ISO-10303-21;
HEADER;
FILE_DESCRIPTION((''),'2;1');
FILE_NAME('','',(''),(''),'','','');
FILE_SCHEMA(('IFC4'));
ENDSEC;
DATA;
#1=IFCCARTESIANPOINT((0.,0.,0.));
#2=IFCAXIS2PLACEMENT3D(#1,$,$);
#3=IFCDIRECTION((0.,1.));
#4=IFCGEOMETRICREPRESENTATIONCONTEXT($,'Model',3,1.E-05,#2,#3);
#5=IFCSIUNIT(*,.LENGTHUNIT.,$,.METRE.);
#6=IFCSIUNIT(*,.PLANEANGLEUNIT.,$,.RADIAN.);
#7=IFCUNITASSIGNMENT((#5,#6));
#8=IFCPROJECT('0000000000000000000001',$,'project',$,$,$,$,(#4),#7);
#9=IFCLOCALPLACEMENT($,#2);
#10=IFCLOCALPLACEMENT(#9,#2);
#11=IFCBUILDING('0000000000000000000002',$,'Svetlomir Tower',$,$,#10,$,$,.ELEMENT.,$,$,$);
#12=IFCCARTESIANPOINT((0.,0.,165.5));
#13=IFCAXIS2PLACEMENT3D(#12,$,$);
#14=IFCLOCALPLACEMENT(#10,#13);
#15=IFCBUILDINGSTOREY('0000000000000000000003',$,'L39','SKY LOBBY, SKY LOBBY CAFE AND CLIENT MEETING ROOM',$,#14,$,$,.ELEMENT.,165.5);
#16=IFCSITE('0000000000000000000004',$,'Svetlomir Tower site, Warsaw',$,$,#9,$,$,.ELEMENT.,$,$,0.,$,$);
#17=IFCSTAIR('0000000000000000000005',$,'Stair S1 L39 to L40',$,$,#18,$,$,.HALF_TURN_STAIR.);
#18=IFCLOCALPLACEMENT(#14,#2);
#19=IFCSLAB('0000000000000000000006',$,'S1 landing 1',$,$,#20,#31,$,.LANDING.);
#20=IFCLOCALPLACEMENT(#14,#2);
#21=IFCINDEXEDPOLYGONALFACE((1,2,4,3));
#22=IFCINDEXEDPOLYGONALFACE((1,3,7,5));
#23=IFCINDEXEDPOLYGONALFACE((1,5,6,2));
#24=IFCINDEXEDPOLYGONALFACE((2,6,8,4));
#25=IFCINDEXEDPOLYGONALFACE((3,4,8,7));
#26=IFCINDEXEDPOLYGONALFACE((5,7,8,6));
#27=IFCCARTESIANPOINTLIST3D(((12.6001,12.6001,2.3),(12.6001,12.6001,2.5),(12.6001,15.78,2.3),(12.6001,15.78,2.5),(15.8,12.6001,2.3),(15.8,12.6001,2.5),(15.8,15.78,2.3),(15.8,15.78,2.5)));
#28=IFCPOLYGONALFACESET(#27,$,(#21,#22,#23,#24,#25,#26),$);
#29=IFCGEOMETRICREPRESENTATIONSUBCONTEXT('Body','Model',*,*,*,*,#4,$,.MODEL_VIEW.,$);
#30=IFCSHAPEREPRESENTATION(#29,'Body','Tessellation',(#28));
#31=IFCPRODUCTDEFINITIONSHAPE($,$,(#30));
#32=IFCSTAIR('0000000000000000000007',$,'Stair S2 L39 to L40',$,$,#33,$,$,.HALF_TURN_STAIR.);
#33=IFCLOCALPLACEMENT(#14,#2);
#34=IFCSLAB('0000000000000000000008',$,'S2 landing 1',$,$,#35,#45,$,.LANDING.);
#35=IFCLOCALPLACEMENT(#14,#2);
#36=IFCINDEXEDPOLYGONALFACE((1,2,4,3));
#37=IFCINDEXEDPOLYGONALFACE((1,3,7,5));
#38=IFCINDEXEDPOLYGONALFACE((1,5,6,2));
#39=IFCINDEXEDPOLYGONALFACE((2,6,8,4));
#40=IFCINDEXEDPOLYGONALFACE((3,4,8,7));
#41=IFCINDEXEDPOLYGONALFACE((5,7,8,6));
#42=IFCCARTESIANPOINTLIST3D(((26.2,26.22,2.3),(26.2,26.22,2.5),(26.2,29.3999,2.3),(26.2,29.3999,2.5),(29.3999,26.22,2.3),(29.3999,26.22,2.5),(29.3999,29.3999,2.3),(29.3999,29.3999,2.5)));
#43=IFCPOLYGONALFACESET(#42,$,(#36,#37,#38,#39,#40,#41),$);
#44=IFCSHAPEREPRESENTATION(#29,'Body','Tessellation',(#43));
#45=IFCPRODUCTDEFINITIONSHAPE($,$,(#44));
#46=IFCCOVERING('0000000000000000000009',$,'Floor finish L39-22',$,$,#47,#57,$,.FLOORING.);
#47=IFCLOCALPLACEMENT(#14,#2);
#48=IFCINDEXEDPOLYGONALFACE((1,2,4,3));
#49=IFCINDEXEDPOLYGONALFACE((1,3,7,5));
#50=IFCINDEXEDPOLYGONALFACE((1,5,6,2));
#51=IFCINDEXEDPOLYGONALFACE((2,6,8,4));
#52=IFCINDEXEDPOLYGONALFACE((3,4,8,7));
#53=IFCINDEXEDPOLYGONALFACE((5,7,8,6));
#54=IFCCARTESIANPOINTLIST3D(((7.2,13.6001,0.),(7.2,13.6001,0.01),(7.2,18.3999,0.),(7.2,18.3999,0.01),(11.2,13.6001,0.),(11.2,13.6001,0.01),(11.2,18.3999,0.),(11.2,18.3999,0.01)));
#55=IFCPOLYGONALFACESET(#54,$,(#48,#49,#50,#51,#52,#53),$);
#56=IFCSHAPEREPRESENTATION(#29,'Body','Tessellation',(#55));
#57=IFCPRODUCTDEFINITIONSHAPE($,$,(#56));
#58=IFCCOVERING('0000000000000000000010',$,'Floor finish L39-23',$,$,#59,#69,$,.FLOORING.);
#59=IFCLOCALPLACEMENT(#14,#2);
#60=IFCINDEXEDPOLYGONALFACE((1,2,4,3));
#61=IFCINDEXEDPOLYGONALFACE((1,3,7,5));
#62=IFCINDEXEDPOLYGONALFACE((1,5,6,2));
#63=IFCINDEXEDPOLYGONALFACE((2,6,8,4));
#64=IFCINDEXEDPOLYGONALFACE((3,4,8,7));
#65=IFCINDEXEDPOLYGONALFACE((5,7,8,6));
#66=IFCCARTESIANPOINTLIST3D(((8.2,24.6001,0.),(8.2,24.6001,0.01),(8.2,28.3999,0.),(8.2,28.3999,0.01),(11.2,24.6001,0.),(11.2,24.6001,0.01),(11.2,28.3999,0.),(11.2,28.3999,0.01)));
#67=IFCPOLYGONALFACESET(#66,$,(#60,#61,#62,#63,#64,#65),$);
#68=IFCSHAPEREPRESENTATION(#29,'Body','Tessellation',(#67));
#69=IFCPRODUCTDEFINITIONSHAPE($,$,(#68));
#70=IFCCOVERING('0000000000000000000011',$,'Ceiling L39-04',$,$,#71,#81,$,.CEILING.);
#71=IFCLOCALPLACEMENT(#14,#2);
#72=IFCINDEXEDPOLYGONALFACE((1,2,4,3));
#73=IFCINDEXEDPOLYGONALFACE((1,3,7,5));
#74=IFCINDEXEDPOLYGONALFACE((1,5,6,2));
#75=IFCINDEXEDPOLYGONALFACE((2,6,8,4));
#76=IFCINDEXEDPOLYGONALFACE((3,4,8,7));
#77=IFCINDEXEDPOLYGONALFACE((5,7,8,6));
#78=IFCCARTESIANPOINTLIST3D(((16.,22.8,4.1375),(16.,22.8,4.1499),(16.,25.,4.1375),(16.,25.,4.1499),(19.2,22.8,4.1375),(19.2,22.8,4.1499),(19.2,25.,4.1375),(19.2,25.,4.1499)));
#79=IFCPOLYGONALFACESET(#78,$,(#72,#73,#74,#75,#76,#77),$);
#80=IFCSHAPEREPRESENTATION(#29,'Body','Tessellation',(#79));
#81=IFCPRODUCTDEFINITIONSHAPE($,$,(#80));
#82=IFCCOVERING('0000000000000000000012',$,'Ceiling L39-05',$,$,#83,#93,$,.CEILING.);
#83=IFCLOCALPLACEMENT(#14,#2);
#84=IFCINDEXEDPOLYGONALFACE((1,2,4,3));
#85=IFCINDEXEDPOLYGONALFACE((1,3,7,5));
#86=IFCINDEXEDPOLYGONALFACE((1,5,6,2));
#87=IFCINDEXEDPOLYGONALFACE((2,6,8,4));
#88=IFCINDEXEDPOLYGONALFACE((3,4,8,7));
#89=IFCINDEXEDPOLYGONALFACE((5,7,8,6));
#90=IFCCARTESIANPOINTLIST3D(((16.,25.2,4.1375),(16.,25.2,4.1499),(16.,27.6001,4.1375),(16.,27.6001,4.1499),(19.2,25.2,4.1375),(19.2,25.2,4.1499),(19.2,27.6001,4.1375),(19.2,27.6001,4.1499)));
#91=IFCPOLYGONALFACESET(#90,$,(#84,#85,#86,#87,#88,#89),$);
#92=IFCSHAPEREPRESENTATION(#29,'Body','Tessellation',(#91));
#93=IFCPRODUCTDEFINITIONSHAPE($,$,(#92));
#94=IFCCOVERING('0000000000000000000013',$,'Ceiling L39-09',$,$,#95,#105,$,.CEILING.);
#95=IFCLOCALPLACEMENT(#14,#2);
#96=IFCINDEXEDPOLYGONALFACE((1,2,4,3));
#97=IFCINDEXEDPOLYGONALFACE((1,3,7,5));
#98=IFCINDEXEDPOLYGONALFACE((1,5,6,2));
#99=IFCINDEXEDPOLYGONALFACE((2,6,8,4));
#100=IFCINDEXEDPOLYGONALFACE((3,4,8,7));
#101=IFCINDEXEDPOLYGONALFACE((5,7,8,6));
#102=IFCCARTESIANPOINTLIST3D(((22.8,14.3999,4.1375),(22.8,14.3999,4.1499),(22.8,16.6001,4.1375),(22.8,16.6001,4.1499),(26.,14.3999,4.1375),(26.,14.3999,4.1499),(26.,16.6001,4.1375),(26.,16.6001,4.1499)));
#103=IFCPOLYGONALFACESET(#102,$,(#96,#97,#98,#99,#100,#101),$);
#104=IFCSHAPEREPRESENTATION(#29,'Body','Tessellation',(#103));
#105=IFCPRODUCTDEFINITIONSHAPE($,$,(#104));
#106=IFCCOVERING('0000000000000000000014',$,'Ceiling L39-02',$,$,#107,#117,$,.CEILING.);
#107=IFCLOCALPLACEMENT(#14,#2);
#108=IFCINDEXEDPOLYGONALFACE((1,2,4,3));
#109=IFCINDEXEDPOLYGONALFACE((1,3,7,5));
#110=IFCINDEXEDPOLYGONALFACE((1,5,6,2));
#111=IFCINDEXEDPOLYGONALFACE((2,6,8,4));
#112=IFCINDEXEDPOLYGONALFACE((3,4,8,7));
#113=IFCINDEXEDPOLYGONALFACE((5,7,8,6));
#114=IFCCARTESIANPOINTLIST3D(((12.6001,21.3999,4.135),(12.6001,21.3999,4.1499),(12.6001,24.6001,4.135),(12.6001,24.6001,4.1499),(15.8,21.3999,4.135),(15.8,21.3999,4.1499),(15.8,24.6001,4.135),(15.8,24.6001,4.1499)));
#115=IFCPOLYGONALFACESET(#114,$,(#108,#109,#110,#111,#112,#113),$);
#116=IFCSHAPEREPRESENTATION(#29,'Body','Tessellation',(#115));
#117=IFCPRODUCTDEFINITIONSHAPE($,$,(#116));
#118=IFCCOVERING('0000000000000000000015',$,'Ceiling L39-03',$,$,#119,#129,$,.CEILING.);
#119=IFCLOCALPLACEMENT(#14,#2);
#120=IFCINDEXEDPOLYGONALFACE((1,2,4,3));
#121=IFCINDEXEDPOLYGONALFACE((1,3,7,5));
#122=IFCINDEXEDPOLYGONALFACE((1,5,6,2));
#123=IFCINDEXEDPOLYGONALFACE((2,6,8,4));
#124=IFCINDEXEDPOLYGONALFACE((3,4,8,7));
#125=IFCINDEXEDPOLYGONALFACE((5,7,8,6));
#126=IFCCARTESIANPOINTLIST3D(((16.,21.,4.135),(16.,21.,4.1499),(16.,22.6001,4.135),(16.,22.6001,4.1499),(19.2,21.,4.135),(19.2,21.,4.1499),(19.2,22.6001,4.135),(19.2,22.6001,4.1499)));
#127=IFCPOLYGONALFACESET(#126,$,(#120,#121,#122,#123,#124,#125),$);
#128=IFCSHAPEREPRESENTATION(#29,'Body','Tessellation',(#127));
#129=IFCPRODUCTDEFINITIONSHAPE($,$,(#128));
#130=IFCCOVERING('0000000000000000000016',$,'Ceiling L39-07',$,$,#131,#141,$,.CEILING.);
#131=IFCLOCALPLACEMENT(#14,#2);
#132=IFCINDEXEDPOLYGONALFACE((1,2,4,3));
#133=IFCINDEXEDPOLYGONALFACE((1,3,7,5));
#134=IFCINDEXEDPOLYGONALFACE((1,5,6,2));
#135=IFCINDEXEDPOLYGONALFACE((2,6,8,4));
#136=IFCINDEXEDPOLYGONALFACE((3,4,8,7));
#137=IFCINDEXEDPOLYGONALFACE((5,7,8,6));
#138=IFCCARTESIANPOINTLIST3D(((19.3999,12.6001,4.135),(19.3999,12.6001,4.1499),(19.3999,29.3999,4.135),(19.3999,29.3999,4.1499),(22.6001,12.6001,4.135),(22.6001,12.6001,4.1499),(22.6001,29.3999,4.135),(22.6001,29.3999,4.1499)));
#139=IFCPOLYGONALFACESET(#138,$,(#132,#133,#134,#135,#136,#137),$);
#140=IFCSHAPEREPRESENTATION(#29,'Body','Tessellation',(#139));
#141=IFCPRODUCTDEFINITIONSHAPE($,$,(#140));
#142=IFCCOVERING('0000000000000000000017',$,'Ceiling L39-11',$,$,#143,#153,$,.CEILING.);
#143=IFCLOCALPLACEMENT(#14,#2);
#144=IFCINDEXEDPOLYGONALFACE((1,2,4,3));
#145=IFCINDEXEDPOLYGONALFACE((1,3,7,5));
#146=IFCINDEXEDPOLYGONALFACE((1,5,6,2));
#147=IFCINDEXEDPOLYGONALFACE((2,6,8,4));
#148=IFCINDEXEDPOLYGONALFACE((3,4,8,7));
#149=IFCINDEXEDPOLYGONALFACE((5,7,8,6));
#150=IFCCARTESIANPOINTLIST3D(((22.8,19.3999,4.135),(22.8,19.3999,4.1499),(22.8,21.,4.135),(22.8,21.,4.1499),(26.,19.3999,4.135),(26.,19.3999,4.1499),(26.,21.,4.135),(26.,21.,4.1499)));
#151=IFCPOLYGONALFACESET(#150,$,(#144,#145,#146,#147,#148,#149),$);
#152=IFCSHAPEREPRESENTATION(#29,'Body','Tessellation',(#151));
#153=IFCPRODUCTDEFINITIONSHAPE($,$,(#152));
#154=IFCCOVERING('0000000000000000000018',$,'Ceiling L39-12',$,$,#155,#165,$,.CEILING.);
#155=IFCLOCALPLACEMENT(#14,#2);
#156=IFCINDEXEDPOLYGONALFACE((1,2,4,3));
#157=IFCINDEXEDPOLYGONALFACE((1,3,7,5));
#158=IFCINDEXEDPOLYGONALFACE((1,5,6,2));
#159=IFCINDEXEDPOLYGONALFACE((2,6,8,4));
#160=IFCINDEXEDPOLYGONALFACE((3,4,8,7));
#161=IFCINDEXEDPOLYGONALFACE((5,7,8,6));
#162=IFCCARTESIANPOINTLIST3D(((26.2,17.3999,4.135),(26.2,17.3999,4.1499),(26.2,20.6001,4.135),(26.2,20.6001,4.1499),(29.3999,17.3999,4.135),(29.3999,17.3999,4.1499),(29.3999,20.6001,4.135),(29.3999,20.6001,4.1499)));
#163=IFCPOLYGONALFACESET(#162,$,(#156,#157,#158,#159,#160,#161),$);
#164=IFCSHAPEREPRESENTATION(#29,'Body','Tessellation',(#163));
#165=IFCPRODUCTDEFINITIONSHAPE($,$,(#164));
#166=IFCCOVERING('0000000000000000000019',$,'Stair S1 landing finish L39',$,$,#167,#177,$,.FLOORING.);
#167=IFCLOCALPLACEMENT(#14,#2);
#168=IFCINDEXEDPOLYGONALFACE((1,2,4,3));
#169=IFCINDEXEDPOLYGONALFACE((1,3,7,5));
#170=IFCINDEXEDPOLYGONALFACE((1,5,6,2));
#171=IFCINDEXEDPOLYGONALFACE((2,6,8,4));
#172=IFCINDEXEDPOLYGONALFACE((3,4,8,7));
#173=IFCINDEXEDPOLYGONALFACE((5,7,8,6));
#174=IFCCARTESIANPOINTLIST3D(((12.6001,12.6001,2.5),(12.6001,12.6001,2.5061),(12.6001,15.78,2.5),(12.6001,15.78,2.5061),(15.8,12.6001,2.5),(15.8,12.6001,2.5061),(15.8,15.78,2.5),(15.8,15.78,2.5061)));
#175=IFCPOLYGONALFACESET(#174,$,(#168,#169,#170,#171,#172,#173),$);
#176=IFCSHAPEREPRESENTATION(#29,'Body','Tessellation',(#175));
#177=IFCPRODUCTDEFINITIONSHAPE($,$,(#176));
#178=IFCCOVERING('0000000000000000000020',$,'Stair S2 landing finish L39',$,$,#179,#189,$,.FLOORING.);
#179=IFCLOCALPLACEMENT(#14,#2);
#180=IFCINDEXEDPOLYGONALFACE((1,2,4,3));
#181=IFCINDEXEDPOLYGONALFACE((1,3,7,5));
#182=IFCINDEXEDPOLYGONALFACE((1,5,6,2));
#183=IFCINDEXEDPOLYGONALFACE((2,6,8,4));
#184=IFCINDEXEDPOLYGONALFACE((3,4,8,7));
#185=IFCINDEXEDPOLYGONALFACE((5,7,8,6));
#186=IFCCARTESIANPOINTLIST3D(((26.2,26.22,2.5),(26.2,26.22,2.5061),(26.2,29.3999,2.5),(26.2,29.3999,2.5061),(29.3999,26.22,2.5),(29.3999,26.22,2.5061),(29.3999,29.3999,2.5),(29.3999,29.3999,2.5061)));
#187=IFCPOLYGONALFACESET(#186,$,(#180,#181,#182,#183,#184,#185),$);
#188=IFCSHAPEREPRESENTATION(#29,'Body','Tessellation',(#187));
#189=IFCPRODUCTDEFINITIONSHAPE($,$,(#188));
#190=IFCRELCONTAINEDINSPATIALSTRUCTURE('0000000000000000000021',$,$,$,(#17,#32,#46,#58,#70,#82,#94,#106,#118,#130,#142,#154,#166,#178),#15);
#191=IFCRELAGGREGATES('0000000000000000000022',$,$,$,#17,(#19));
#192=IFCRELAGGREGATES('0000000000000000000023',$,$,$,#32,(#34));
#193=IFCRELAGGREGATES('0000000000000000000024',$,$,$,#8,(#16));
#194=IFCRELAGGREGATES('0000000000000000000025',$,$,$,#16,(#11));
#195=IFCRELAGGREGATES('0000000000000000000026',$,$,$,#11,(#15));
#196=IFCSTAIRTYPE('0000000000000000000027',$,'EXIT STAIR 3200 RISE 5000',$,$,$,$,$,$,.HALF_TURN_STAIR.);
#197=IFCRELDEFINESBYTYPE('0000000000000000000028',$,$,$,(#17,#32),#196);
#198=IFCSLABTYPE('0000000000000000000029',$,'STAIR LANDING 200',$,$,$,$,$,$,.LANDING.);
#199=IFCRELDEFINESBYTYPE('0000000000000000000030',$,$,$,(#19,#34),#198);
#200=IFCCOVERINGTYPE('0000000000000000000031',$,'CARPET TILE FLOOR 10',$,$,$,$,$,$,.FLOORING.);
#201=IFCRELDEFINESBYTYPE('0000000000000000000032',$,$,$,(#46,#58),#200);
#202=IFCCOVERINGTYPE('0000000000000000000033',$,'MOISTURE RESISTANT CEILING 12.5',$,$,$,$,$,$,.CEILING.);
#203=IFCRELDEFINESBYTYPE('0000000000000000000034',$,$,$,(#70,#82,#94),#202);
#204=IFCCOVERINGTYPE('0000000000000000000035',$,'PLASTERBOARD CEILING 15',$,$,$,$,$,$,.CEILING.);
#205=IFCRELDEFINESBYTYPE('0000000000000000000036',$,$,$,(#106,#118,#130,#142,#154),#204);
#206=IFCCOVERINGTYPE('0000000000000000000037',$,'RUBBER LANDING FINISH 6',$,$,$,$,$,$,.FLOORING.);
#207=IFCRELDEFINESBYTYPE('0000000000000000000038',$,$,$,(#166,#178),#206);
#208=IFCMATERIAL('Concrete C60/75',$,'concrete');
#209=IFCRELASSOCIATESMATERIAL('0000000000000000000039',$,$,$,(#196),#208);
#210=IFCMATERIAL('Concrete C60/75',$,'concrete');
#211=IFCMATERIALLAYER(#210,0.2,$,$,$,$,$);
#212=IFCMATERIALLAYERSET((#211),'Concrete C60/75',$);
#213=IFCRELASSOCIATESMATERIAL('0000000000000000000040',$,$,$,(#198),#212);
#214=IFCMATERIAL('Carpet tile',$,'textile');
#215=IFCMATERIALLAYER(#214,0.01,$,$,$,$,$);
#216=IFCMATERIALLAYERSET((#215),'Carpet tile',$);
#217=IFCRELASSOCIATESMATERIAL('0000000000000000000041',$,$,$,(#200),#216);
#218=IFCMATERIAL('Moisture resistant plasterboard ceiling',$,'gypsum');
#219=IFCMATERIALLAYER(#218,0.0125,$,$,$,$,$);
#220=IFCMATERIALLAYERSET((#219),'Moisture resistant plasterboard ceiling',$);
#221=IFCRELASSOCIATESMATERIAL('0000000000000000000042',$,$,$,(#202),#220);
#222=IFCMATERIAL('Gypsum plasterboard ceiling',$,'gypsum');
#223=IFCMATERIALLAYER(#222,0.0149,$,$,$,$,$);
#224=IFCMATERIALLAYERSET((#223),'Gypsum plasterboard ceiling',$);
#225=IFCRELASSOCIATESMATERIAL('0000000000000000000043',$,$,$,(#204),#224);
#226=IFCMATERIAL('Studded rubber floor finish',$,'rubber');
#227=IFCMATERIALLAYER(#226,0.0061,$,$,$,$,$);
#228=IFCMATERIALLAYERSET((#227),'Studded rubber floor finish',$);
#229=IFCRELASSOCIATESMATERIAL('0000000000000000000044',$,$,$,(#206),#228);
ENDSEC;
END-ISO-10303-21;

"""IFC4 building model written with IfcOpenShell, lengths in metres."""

from ifc_helpers import new_model, si_unit, direction, frame, origin, place, context, subcontext, project, spatial, polyline, outline, extrude, material, layer, layer_set, type_object, element, aggregate, save


model = new_model("IFC4")

# Units and contexts
model_context = context("Model", 3, precision=1e-05, world=origin(), true_north=direction((0.0, 1.0)))
body_context = subcontext(model_context, "Body", "Model", "MODEL_VIEW")
ifc_project = project(units=[si_unit("LENGTHUNIT", "METRE"), si_unit("PLANEANGLEUNIT", "RADIAN")], contexts=[model_context])

# Site, building, storey
site_placement = place(None, origin())
site = spatial("IfcSite", under=ifc_project, at=site_placement, Name="Svetlomir Tower site, Warsaw", CompositionType="ELEMENT", RefElevation=0.0)
building_placement = place(site_placement, origin())
building = spatial("IfcBuilding", under=site, at=building_placement, Name="Svetlomir Tower", CompositionType="ELEMENT")
storey_placement = place(building_placement, frame((0.0, 0.0, 165.5)))
storey = spatial("IfcBuildingStorey", under=building, at=storey_placement, Name="L39", Description="SKY LOBBY, SKY LOBBY CAFE AND CLIENT MEETING ROOM", CompositionType="ELEMENT", Elevation=165.5)

# Stairs, slabs
ifc_material_1 = material(Name="Concrete C60/75", Category="concrete")
stair_type = type_object("IfcStairType", Name="EXIT STAIR 3200 RISE 5000", PredefinedType="HALF_TURN_STAIR", material=ifc_material_1)
stair_1_placement = place(storey_placement, origin())
stair_1 = element("IfcStair", 1, at=stair_1_placement, inside=storey, type_object=stair_type, Name="Stair S1 L39 to L40", PredefinedType="HALF_TURN_STAIR")
ifc_material_2 = material(Name="Concrete C60/75", Category="concrete")
ifc_layer_1 = layer(ifc_material_2, 0.2)
ifc_layer_set_1 = layer_set([ifc_layer_1], Name="Concrete C60/75")
slab_type = type_object("IfcSlabType", Name="STAIR LANDING 200", PredefinedType="LANDING", material=ifc_layer_set_1)
slab_1_placement = place(storey_placement, frame((0.0, 0.0, 2.3)))
slab_1 = element("IfcSlab", 2, at=slab_1_placement, type_object=slab_type, Name="S1 landing 1", PredefinedType="LANDING", context=body_context, shape_type="SweptSolid", body=[
    extrude(outline(polyline([(12.6001, 12.6001), (15.8, 12.6001), (15.8, 15.78), (12.6001, 15.78), (12.6001, 12.6001)])), origin(), (0.0, 0.0, 1.0), 0.2),
])
aggregate(stair_1, [slab_1])
stair_2_placement = place(storey_placement, origin())
stair_2 = element("IfcStair", 3, at=stair_2_placement, inside=storey, type_object=stair_type, Name="Stair S2 L39 to L40", PredefinedType="HALF_TURN_STAIR")
slab_2_placement = place(storey_placement, frame((0.0, 0.0, 2.3)))
slab_2 = element("IfcSlab", 4, at=slab_2_placement, type_object=slab_type, Name="S2 landing 1", PredefinedType="LANDING", context=body_context, shape_type="SweptSolid", body=[
    extrude(outline(polyline([(26.2, 26.22), (29.3999, 26.22), (29.3999, 29.3999), (26.2, 29.3999), (26.2, 26.22)])), origin(), (0.0, 0.0, 1.0), 0.2),
])
aggregate(stair_2, [slab_2])

# Coverings
ifc_material_3 = material(Name="Carpet tile", Category="textile")
ifc_layer_2 = layer(ifc_material_3, 0.01)
ifc_layer_set_2 = layer_set([ifc_layer_2], Name="Carpet tile")
covering_type_1 = type_object("IfcCoveringType", Name="CARPET TILE FLOOR 10", PredefinedType="FLOORING", material=ifc_layer_set_2)
covering_1_placement = place(storey_placement, origin())
element("IfcCovering", 5, at=covering_1_placement, inside=storey, type_object=covering_type_1, Name="Floor finish L39-22", PredefinedType="FLOORING", context=body_context, shape_type="SweptSolid", body=[
    extrude(outline(polyline([(7.2, 13.6001), (11.2, 13.6001), (11.2, 18.3999), (7.2, 18.3999), (7.2, 13.6001)])), origin(), (0.0, 0.0, 1.0), 0.01),
])
covering_2_placement = place(storey_placement, origin())
element("IfcCovering", 6, at=covering_2_placement, inside=storey, type_object=covering_type_1, Name="Floor finish L39-23", PredefinedType="FLOORING", context=body_context, shape_type="SweptSolid", body=[
    extrude(outline(polyline([(8.2, 24.6001), (11.2, 24.6001), (11.2, 28.3999), (8.2, 28.3999), (8.2, 24.6001)])), origin(), (0.0, 0.0, 1.0), 0.01),
])
ifc_material_4 = material(Name="Moisture resistant plasterboard ceiling", Category="gypsum")
ifc_layer_3 = layer(ifc_material_4, 0.0125)
ifc_layer_set_3 = layer_set([ifc_layer_3], Name="Moisture resistant plasterboard ceiling")
covering_type_2 = type_object("IfcCoveringType", Name="MOISTURE RESISTANT CEILING 12.5", PredefinedType="CEILING", material=ifc_layer_set_3)
covering_3_placement = place(storey_placement, frame((0.0, 0.0, 4.1375)))
element("IfcCovering", 7, at=covering_3_placement, inside=storey, type_object=covering_type_2, Name="Ceiling L39-04", PredefinedType="CEILING", context=body_context, shape_type="SweptSolid", body=[
    extrude(outline(polyline([(16.0, 22.8), (19.2, 22.8), (19.2, 25.0), (16.0, 25.0), (16.0, 22.8)])), origin(), (0.0, 0.0, 1.0), 0.0125),
])
covering_4_placement = place(storey_placement, frame((0.0, 0.0, 4.1375)))
element("IfcCovering", 8, at=covering_4_placement, inside=storey, type_object=covering_type_2, Name="Ceiling L39-05", PredefinedType="CEILING", context=body_context, shape_type="SweptSolid", body=[
    extrude(outline(polyline([(16.0, 25.2), (19.2, 25.2), (19.2, 27.6001), (16.0, 27.6001), (16.0, 25.2)])), origin(), (0.0, 0.0, 1.0), 0.0125),
])
covering_5_placement = place(storey_placement, frame((0.0, 0.0, 4.1375)))
element("IfcCovering", 9, at=covering_5_placement, inside=storey, type_object=covering_type_2, Name="Ceiling L39-09", PredefinedType="CEILING", context=body_context, shape_type="SweptSolid", body=[
    extrude(outline(polyline([(22.8, 14.3999), (26.0, 14.3999), (26.0, 16.6001), (22.8, 16.6001), (22.8, 14.3999)])), origin(), (0.0, 0.0, 1.0), 0.0125),
])
ifc_material_5 = material(Name="Gypsum plasterboard ceiling", Category="gypsum")
ifc_layer_4 = layer(ifc_material_5, 0.0149)
ifc_layer_set_4 = layer_set([ifc_layer_4], Name="Gypsum plasterboard ceiling")
covering_type_3 = type_object("IfcCoveringType", Name="PLASTERBOARD CEILING 15", PredefinedType="CEILING", material=ifc_layer_set_4)
covering_6_placement = place(storey_placement, frame((0.0, 0.0, 4.135)))
element("IfcCovering", 10, at=covering_6_placement, inside=storey, type_object=covering_type_3, Name="Ceiling L39-02", PredefinedType="CEILING", context=body_context, shape_type="SweptSolid", body=[
    extrude(outline(polyline([(12.6001, 21.3999), (15.8, 21.3999), (15.8, 24.6001), (12.6001, 24.6001), (12.6001, 21.3999)])), origin(), (0.0, 0.0, 1.0), 0.0149),
])
covering_7_placement = place(storey_placement, frame((0.0, 0.0, 4.135)))
element("IfcCovering", 11, at=covering_7_placement, inside=storey, type_object=covering_type_3, Name="Ceiling L39-03", PredefinedType="CEILING", context=body_context, shape_type="SweptSolid", body=[
    extrude(outline(polyline([(16.0, 21.0), (19.2, 21.0), (19.2, 22.6001), (16.0, 22.6001), (16.0, 21.0)])), origin(), (0.0, 0.0, 1.0), 0.0149),
])
covering_8_placement = place(storey_placement, frame((0.0, 0.0, 4.135)))
element("IfcCovering", 12, at=covering_8_placement, inside=storey, type_object=covering_type_3, Name="Ceiling L39-07", PredefinedType="CEILING", context=body_context, shape_type="SweptSolid", body=[
    extrude(outline(polyline([(19.3999, 12.6001), (22.6001, 12.6001), (22.6001, 29.3999), (19.3999, 29.3999), (19.3999, 12.6001)])), origin(), (0.0, 0.0, 1.0), 0.0149),
])
covering_9_placement = place(storey_placement, frame((0.0, 0.0, 4.135)))
element("IfcCovering", 13, at=covering_9_placement, inside=storey, type_object=covering_type_3, Name="Ceiling L39-11", PredefinedType="CEILING", context=body_context, shape_type="SweptSolid", body=[
    extrude(outline(polyline([(22.8, 19.3999), (26.0, 19.3999), (26.0, 21.0), (22.8, 21.0), (22.8, 19.3999)])), origin(), (0.0, 0.0, 1.0), 0.0149),
])
covering_10_placement = place(storey_placement, frame((0.0, 0.0, 4.135)))
element("IfcCovering", 14, at=covering_10_placement, inside=storey, type_object=covering_type_3, Name="Ceiling L39-12", PredefinedType="CEILING", context=body_context, shape_type="SweptSolid", body=[
    extrude(outline(polyline([(26.2, 17.3999), (29.3999, 17.3999), (29.3999, 20.6001), (26.2, 20.6001), (26.2, 17.3999)])), origin(), (0.0, 0.0, 1.0), 0.0149),
])
ifc_material_6 = material(Name="Studded rubber floor finish", Category="rubber")
ifc_layer_5 = layer(ifc_material_6, 0.0061)
ifc_layer_set_5 = layer_set([ifc_layer_5], Name="Studded rubber floor finish")
covering_type_4 = type_object("IfcCoveringType", Name="RUBBER LANDING FINISH 6", PredefinedType="FLOORING", material=ifc_layer_set_5)
covering_11_placement = place(storey_placement, frame((0.0, 0.0, 2.5)))
element("IfcCovering", 15, at=covering_11_placement, inside=storey, type_object=covering_type_4, Name="Stair S1 landing finish L39", PredefinedType="FLOORING", context=body_context, shape_type="SweptSolid", body=[
    extrude(outline(polyline([(12.6001, 12.6001), (15.8, 12.6001), (15.8, 15.78), (12.6001, 15.78), (12.6001, 12.6001)])), origin(), (0.0, 0.0, 1.0), 0.0061),
])
covering_12_placement = place(storey_placement, frame((0.0, 0.0, 2.5)))
element("IfcCovering", 16, at=covering_12_placement, inside=storey, type_object=covering_type_4, Name="Stair S2 landing finish L39", PredefinedType="FLOORING", context=body_context, shape_type="SweptSolid", body=[
    extrude(outline(polyline([(26.2, 26.22), (29.3999, 26.22), (29.3999, 29.3999), (26.2, 29.3999), (26.2, 26.22)])), origin(), (0.0, 0.0, 1.0), 0.0061),
])

save(model, "model.ifc")
